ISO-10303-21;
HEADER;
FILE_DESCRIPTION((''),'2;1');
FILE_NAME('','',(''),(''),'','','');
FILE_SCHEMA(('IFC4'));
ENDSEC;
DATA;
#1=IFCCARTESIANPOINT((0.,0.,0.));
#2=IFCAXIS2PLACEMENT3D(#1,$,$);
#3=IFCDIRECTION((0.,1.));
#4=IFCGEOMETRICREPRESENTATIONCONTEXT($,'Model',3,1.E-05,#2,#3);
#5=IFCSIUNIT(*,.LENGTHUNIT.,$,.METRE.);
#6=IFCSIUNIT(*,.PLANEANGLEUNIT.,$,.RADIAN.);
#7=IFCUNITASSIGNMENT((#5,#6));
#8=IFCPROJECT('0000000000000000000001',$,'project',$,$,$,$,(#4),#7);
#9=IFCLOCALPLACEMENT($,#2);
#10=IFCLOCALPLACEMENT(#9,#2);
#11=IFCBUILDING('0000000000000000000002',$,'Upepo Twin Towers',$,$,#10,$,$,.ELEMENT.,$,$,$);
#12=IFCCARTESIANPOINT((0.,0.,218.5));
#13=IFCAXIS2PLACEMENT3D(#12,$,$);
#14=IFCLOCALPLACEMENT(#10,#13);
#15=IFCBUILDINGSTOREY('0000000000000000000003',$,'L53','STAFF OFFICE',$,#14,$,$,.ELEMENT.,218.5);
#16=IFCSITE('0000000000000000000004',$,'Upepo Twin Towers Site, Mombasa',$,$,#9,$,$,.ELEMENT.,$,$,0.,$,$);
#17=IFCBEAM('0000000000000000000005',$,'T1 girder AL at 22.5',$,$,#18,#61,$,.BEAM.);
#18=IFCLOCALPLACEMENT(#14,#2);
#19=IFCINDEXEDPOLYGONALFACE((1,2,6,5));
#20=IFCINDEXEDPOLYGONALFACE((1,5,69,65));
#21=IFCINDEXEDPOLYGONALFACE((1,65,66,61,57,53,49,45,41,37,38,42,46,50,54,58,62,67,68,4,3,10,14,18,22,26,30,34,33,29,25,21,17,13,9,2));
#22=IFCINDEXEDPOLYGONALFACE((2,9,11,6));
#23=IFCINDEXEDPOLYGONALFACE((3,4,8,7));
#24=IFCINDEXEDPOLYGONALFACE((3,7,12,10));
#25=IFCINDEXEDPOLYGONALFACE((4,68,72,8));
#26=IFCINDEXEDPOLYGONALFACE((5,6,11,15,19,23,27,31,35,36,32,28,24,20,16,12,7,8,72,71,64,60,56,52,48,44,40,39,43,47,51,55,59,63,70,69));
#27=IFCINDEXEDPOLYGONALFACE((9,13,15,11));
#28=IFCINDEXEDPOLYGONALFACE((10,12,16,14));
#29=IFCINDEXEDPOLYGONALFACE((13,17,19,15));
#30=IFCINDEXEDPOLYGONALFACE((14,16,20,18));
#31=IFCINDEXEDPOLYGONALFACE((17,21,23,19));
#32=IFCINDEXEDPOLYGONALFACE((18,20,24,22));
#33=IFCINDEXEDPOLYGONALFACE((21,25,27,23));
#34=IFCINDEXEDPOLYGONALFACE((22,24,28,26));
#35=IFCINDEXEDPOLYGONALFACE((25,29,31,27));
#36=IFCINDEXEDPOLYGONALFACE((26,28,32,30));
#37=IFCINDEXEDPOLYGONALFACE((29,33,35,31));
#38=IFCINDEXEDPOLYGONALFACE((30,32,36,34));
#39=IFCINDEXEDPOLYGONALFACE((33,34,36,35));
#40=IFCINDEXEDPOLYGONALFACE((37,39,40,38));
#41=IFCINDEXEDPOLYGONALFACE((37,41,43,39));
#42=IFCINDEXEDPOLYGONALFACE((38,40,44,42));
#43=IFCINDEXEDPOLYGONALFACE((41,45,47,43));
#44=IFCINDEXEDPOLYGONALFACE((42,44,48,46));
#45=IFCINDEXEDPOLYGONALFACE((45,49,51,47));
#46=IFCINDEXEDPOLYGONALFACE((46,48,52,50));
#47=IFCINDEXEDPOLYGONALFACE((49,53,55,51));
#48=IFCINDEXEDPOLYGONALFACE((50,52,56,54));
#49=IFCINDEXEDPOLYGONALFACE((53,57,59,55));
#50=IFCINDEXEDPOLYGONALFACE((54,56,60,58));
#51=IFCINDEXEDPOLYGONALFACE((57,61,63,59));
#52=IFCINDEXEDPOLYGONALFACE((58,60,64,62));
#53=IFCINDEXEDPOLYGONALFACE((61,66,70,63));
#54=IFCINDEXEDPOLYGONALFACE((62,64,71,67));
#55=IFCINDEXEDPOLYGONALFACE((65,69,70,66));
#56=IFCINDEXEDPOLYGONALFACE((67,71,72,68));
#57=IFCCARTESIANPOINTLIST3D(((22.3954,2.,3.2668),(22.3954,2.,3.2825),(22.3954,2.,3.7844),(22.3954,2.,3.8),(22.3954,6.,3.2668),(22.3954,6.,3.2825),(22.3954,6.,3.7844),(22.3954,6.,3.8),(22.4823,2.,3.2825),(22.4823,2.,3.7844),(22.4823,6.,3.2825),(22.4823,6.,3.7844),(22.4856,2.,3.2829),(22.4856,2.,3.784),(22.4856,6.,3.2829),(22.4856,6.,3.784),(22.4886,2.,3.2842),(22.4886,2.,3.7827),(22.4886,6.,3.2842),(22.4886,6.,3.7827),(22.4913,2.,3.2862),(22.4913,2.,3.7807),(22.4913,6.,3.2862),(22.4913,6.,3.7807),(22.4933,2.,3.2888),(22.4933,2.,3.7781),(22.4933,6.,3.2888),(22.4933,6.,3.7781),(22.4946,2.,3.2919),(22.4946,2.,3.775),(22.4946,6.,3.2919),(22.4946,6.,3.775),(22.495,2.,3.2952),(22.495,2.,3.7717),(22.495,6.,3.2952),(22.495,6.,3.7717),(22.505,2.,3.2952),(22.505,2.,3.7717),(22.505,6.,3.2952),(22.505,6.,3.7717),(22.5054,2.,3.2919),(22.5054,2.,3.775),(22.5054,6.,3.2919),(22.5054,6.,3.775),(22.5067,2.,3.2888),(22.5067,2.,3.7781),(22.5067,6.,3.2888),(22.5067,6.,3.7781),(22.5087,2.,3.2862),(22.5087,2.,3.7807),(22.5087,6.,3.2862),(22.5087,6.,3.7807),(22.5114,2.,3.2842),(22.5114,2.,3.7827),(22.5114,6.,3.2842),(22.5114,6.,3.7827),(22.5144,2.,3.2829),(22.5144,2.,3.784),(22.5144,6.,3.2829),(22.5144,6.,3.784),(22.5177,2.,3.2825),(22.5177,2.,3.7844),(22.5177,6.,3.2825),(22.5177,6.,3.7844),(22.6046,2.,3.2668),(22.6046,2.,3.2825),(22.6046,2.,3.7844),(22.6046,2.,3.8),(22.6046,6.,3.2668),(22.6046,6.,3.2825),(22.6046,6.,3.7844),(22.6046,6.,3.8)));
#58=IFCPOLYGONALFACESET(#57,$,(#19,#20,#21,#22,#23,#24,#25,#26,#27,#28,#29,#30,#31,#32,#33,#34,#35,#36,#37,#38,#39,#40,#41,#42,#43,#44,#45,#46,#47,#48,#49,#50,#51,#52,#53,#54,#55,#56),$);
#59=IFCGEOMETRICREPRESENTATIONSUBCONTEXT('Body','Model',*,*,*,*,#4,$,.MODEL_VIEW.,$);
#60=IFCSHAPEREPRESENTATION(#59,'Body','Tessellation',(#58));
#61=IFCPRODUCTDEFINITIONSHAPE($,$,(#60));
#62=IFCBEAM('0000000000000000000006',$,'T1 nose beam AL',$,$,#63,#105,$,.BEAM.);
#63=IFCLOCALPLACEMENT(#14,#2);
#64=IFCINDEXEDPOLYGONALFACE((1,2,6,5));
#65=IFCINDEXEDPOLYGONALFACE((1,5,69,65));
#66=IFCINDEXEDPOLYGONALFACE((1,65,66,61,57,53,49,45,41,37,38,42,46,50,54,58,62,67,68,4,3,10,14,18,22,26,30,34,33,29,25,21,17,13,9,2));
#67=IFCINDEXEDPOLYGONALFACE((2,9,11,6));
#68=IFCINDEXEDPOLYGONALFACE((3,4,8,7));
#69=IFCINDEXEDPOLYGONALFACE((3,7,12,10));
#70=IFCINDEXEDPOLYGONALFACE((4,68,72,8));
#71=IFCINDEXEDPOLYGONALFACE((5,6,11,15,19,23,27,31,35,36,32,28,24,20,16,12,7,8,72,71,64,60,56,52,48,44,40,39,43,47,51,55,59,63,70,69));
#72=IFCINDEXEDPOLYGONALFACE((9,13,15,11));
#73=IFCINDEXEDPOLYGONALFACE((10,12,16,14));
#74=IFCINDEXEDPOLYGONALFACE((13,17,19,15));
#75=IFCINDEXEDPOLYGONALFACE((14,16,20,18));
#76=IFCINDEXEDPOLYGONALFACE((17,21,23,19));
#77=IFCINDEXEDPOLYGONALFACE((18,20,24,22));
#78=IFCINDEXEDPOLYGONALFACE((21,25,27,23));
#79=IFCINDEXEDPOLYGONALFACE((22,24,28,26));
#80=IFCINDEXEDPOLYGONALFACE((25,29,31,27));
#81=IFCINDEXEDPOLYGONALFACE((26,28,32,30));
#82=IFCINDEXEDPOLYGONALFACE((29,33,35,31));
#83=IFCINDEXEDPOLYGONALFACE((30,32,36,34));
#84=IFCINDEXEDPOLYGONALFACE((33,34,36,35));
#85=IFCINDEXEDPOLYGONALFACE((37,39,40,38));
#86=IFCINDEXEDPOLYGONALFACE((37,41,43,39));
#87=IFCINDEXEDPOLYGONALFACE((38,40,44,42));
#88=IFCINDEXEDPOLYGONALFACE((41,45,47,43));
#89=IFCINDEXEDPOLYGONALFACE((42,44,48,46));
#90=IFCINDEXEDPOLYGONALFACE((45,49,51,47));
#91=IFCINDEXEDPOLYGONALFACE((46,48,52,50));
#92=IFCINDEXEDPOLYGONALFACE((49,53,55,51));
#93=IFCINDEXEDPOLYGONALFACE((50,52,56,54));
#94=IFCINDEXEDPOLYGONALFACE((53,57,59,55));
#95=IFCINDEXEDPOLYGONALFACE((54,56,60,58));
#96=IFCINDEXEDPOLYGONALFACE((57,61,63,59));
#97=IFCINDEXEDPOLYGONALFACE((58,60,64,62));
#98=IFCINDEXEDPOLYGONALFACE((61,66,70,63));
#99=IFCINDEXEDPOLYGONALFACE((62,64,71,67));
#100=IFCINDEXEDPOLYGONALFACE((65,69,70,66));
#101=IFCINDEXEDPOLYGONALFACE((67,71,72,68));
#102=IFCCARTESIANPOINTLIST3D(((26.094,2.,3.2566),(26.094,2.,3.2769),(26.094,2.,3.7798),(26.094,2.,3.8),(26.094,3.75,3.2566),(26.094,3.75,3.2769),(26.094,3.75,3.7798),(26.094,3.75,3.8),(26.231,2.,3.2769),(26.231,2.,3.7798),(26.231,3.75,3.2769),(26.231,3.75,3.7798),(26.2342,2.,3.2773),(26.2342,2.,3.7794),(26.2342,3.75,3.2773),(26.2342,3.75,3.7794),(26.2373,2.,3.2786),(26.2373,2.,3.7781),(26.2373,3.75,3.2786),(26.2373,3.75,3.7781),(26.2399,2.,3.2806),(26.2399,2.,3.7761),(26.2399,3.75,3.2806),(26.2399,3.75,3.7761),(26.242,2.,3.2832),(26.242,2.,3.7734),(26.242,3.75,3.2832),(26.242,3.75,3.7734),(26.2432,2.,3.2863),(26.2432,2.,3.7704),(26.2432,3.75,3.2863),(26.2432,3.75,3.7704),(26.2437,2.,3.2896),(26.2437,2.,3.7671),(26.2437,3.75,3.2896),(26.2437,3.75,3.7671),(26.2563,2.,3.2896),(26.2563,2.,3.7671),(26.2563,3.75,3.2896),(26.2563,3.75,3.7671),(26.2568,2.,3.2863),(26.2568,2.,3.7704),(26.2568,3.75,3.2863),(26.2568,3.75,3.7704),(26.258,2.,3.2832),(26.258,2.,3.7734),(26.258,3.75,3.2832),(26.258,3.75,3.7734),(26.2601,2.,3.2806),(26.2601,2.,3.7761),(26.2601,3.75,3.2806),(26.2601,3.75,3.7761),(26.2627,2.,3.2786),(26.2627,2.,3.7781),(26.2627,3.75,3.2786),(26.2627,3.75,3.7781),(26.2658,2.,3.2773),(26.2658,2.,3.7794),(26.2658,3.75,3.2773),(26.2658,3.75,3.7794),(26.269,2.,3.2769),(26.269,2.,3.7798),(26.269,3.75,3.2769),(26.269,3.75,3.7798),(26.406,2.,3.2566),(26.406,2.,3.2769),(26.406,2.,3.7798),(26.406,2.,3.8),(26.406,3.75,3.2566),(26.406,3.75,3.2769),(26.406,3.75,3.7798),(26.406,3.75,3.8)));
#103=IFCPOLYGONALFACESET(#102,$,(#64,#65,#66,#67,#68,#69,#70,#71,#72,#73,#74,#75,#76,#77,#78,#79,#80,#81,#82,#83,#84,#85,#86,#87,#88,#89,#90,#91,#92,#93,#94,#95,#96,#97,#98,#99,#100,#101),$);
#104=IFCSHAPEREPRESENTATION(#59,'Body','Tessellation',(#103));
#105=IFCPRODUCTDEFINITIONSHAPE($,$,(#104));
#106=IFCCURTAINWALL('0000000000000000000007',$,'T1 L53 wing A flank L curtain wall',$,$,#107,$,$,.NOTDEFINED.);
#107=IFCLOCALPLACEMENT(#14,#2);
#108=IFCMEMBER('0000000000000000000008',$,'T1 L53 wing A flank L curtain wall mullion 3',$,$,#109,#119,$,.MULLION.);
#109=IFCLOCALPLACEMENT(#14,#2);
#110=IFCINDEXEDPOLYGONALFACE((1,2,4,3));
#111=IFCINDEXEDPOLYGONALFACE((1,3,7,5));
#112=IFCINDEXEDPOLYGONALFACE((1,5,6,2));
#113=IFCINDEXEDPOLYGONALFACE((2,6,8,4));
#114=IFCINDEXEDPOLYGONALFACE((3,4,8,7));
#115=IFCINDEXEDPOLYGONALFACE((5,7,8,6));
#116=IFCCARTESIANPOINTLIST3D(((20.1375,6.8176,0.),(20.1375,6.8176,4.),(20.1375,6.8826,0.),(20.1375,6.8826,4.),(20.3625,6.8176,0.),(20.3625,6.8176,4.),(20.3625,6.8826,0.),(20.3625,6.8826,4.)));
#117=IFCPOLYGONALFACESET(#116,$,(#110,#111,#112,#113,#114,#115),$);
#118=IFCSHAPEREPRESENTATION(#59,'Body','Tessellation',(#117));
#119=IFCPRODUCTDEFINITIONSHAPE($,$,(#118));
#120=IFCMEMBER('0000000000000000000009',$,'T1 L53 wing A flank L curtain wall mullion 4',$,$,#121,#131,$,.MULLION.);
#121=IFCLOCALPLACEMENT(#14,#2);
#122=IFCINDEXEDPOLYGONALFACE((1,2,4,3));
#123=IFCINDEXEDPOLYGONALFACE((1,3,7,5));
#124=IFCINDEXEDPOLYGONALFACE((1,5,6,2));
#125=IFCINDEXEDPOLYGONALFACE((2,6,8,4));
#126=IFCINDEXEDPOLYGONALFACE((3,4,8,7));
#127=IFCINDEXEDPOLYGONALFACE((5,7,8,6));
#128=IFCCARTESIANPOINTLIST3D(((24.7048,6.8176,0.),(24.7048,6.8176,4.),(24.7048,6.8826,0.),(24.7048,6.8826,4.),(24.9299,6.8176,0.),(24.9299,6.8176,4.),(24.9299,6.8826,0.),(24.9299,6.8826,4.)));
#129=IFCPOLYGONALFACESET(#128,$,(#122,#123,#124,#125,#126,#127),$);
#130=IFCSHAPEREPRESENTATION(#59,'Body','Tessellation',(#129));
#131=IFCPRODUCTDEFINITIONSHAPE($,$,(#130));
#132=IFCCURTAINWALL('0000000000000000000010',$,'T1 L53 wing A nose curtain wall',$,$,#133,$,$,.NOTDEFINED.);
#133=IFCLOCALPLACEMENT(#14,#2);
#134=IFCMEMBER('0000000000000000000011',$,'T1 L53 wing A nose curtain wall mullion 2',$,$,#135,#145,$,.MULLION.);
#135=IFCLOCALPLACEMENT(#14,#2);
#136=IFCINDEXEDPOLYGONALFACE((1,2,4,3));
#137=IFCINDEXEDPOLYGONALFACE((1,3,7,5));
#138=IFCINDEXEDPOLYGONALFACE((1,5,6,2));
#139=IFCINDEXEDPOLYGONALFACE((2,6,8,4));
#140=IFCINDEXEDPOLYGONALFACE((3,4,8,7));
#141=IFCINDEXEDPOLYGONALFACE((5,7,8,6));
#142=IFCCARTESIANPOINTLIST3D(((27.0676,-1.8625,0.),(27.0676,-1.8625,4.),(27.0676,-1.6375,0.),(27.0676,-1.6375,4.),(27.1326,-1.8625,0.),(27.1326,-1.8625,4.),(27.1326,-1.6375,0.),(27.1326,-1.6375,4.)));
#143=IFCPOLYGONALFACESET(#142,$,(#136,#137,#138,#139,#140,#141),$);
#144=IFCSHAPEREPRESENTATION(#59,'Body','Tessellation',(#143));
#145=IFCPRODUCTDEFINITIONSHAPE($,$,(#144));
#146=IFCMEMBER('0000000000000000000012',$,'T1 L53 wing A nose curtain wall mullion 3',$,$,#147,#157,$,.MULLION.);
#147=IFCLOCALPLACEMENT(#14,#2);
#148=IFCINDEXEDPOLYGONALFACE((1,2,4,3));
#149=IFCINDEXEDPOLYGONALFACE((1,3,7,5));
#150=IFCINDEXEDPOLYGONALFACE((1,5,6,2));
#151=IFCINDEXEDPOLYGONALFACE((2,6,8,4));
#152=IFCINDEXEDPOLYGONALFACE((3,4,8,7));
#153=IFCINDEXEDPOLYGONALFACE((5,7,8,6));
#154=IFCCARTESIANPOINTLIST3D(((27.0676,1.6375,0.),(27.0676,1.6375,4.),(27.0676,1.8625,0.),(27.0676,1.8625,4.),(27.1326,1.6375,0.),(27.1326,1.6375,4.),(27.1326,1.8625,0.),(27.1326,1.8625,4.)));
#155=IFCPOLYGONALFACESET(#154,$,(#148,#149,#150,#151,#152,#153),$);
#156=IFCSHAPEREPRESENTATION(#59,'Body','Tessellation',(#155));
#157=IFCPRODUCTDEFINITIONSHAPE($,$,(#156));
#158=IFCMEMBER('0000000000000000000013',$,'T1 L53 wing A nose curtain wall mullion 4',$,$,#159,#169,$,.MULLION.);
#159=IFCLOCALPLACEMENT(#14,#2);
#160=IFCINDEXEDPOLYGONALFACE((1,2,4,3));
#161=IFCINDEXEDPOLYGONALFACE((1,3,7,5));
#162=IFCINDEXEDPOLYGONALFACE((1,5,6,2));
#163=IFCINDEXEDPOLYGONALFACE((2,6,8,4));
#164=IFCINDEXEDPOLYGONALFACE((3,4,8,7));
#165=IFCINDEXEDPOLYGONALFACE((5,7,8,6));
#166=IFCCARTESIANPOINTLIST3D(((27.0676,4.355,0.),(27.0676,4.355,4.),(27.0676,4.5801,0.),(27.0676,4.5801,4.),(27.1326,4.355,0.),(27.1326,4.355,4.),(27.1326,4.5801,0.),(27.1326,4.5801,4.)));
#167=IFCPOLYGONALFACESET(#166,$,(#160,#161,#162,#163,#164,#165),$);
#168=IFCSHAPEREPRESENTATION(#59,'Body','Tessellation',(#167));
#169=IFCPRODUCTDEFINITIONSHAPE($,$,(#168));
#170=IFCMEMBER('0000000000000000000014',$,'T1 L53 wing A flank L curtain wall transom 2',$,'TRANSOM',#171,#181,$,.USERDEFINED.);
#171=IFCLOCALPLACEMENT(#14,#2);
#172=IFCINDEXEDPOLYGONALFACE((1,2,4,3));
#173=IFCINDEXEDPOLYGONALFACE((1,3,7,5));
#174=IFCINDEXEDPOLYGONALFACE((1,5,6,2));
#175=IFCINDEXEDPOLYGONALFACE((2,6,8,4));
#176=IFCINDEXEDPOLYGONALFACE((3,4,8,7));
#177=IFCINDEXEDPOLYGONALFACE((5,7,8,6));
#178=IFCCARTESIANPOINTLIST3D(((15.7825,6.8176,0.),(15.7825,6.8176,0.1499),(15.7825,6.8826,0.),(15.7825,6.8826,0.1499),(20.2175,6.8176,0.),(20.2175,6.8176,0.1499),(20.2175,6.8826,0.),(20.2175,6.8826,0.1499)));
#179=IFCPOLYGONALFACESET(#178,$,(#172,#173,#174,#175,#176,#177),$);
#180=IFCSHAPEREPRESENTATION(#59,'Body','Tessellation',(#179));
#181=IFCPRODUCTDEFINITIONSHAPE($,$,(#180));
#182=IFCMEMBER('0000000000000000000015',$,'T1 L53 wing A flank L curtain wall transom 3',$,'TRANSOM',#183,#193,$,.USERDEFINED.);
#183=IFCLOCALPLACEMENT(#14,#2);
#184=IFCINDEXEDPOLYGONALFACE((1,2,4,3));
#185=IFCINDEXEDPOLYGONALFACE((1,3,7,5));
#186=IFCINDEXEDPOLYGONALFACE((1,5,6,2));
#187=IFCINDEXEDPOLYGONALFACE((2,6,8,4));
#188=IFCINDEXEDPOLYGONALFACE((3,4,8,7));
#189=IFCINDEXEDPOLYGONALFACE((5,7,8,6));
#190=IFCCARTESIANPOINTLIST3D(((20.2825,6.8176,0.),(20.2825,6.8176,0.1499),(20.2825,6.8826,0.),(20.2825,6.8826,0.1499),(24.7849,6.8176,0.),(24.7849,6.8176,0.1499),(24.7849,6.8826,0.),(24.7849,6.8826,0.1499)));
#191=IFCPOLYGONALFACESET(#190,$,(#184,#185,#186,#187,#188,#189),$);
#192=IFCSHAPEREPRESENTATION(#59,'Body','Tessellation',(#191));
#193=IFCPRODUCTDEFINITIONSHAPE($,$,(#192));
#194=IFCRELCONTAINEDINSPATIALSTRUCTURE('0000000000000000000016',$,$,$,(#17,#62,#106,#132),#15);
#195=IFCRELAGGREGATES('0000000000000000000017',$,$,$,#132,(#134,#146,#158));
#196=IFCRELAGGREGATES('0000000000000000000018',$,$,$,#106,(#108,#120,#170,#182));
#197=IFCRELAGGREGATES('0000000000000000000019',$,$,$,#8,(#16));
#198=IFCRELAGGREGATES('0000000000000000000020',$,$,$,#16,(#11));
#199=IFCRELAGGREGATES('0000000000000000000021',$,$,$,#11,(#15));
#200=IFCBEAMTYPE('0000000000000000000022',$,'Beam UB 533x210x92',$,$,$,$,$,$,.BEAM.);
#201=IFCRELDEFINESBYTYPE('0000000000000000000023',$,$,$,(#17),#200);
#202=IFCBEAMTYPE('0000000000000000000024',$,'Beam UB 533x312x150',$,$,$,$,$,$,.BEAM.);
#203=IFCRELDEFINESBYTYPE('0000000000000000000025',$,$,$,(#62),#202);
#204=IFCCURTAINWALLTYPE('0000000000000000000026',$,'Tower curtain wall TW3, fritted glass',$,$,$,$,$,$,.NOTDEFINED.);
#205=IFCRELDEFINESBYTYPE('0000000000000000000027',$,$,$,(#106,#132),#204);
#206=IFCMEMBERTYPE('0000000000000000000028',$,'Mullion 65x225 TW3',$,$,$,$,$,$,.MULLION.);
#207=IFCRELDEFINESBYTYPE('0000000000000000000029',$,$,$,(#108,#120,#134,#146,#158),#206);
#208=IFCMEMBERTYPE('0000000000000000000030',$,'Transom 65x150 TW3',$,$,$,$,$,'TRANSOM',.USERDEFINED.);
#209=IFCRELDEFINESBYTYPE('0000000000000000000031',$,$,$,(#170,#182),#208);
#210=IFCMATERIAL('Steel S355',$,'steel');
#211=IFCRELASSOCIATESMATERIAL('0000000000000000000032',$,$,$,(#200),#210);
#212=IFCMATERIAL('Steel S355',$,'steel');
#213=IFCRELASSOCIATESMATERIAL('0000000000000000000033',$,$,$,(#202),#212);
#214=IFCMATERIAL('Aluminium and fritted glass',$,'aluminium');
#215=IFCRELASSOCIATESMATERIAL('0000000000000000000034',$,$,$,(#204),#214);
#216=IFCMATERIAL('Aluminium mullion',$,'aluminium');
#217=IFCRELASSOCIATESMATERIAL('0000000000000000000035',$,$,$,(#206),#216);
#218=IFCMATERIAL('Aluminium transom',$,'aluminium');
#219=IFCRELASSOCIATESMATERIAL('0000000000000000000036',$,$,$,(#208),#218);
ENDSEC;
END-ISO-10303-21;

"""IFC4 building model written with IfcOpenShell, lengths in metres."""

from ifc_helpers import new_model, si_unit, direction, frame, origin, origin_2d, place, context, subcontext, project, spatial, rectangle, i_section, extrude, material, material_profile, profile_set, type_object, element, aggregate, save


model = new_model("IFC4")

# Units and contexts
model_context = context("Model", 3, precision=1e-05, world=origin(), true_north=direction((0.0, 1.0)))
body_context = subcontext(model_context, "Body", "Model", "MODEL_VIEW")
ifc_project = project(units=[si_unit("LENGTHUNIT", "METRE"), si_unit("PLANEANGLEUNIT", "RADIAN")], contexts=[model_context])

# Site, building, storey
site_placement = place(None, origin())
site = spatial("IfcSite", under=ifc_project, at=site_placement, Name="Upepo Twin Towers Site, Mombasa", CompositionType="ELEMENT", RefElevation=0.0)
building_placement = place(site_placement, origin())
building = spatial("IfcBuilding", under=site, at=building_placement, Name="Upepo Twin Towers", CompositionType="ELEMENT")
storey_placement = place(building_placement, frame((0.0, 0.0, 218.5)))
storey = spatial("IfcBuildingStorey", under=building, at=storey_placement, Name="L53", Description="STAFF OFFICE", CompositionType="ELEMENT", Elevation=218.5)

# Beams
ifc_material_1 = material(Name="Steel S355", Category="steel")
ifc_material_profile_1 = material_profile(ifc_material_1, i_section(OverallWidth=0.2092, OverallDepth=0.5332, WebThickness=0.01, FlangeThickness=0.0156, FilletRadius=0.0127, at=origin_2d()), Name="UB 533x210x92")
ifc_profile_set_1 = profile_set([ifc_material_profile_1], Name="Steel S355")
beam_type_1 = type_object("IfcBeamType", Name="Beam UB 533x210x92", PredefinedType="BEAM", material=ifc_profile_set_1)
for number, where, z_axis, x_axis, name in (
    (1, (22.5, 6.0, 3.5334), (0.0, -1.0, 0.0), (1.0, 0.0, 0.0), "T1 girder AL at 22.5"),
):
    element("IfcBeam", number, at=place(storey_placement, frame(where, z_axis=z_axis, x_axis=x_axis)), inside=storey, type_object=beam_type_1, Name=name, PredefinedType="BEAM", context=body_context, shape_type="SweptSolid", body=[
        extrude(i_section(OverallWidth=0.2092, OverallDepth=0.5332, WebThickness=0.01, FlangeThickness=0.0156, FilletRadius=0.0127, at=origin_2d()), origin(), (0.0, 0.0, 1.0), 4.0),
    ])
ifc_material_2 = material(Name="Steel S355", Category="steel")
ifc_material_profile_2 = material_profile(ifc_material_2, i_section(OverallWidth=0.312, OverallDepth=0.5435, WebThickness=0.0127, FlangeThickness=0.0203, FilletRadius=0.0127, at=origin_2d()), Name="UB 533x312x150")
ifc_profile_set_2 = profile_set([ifc_material_profile_2], Name="Steel S355")
beam_type_2 = type_object("IfcBeamType", Name="Beam UB 533x312x150", PredefinedType="BEAM", material=ifc_profile_set_2)
beam_1_placement = place(storey_placement, frame((26.25, 3.75, 3.5283), z_axis=(0.0, -1.0, 0.0), x_axis=(1.0, 0.0, 0.0)))
element("IfcBeam", 2, at=beam_1_placement, inside=storey, type_object=beam_type_2, Name="T1 nose beam AL", PredefinedType="BEAM", context=body_context, shape_type="SweptSolid", body=[
    extrude(i_section(OverallWidth=0.312, OverallDepth=0.5435, WebThickness=0.0127, FlangeThickness=0.0203, FilletRadius=0.0127, at=origin_2d()), origin(), (0.0, 0.0, 1.0), 1.75),
])

# Curtain walls, members
ifc_material_3 = material(Name="Aluminium and fritted glass", Category="aluminium")
curtain_wall_type = type_object("IfcCurtainWallType", Name="Tower curtain wall TW3, fritted glass", PredefinedType="NOTDEFINED", material=ifc_material_3)
curtain_wall_1_placement = place(storey_placement, origin())
curtain_wall_1 = element("IfcCurtainWall", 3, at=curtain_wall_1_placement, inside=storey, type_object=curtain_wall_type, Name="T1 L53 wing A flank L curtain wall", PredefinedType="NOTDEFINED")
ifc_material_4 = material(Name="Aluminium mullion", Category="aluminium")
ifc_material_profile_3 = material_profile(ifc_material_4, rectangle(XDim=0.0649, YDim=0.2251, at=origin_2d()), Name="MULLION 65x225")
ifc_profile_set_3 = profile_set([ifc_material_profile_3], Name="Aluminium mullion")
member_type_1 = type_object("IfcMemberType", Name="Mullion 65x225 TW3", PredefinedType="MULLION", material=ifc_profile_set_3)
member_1_placement = place(storey_placement, frame((20.25, 6.8501, 0.0), z_axis=(0.0, 0.0, 1.0), x_axis=(0.0, 1.0, 0.0)))
member_1 = element("IfcMember", 4, at=member_1_placement, type_object=member_type_1, Name="T1 L53 wing A flank L curtain wall mullion 3", PredefinedType="MULLION", context=body_context, shape_type="SweptSolid", body=[
    extrude(rectangle(XDim=0.0649, YDim=0.2251, at=origin_2d()), origin(), (0.0, 0.0, 1.0), 4.0),
])
member_2_placement = place(storey_placement, frame((24.8174, 6.8501, 0.0), z_axis=(0.0, 0.0, 1.0), x_axis=(0.0, 1.0, 0.0)))
member_2 = element("IfcMember", 5, at=member_2_placement, type_object=member_type_1, Name="T1 L53 wing A flank L curtain wall mullion 4", PredefinedType="MULLION", context=body_context, shape_type="SweptSolid", body=[
    extrude(rectangle(XDim=0.0649, YDim=0.2251, at=origin_2d()), origin(), (0.0, 0.0, 1.0), 4.0),
])
curtain_wall_2_placement = place(storey_placement, origin())
curtain_wall_2 = element("IfcCurtainWall", 6, at=curtain_wall_2_placement, inside=storey, type_object=curtain_wall_type, Name="T1 L53 wing A nose curtain wall", PredefinedType="NOTDEFINED")
member_3_placement = place(storey_placement, frame((27.1001, -1.75, 0.0), z_axis=(0.0, 0.0, 1.0), x_axis=(-1.0, 0.0, 0.0)))
member_3 = element("IfcMember", 7, at=member_3_placement, type_object=member_type_1, Name="T1 L53 wing A nose curtain wall mullion 2", PredefinedType="MULLION", context=body_context, shape_type="SweptSolid", body=[
    extrude(rectangle(XDim=0.0649, YDim=0.2251, at=origin_2d()), origin(), (0.0, 0.0, 1.0), 4.0),
])
member_4_placement = place(storey_placement, frame((27.1001, 1.75, 0.0), z_axis=(0.0, 0.0, 1.0), x_axis=(-1.0, 0.0, 0.0)))
member_4 = element("IfcMember", 8, at=member_4_placement, type_object=member_type_1, Name="T1 L53 wing A nose curtain wall mullion 3", PredefinedType="MULLION", context=body_context, shape_type="SweptSolid", body=[
    extrude(rectangle(XDim=0.0649, YDim=0.2251, at=origin_2d()), origin(), (0.0, 0.0, 1.0), 4.0),
])
member_5_placement = place(storey_placement, frame((27.1001, 4.4675, 0.0), z_axis=(0.0, 0.0, 1.0), x_axis=(-1.0, 0.0, 0.0)))
member_5 = element("IfcMember", 9, at=member_5_placement, type_object=member_type_1, Name="T1 L53 wing A nose curtain wall mullion 4", PredefinedType="MULLION", context=body_context, shape_type="SweptSolid", body=[
    extrude(rectangle(XDim=0.0649, YDim=0.2251, at=origin_2d()), origin(), (0.0, 0.0, 1.0), 4.0),
])

# Members
ifc_material_5 = material(Name="Aluminium transom", Category="aluminium")
ifc_material_profile_4 = material_profile(ifc_material_5, rectangle(XDim=0.0649, YDim=0.1499, at=origin_2d()), Name="TRANSOM 65x150")
ifc_profile_set_4 = profile_set([ifc_material_profile_4], Name="Aluminium transom")
member_type_2 = type_object("IfcMemberType", Name="Transom 65x150 TW3", ElementType="TRANSOM", PredefinedType="USERDEFINED", material=ifc_profile_set_4)
member_6_placement = place(storey_placement, frame((15.7825, 6.8501, 0.075), z_axis=(1.0, 0.0, 0.0), x_axis=(0.0, 1.0, 0.0)))
member_6 = element("IfcMember", 10, at=member_6_placement, type_object=member_type_2, Name="T1 L53 wing A flank L curtain wall transom 2", ObjectType="TRANSOM", PredefinedType="USERDEFINED", context=body_context, shape_type="SweptSolid", body=[
    extrude(rectangle(XDim=0.0649, YDim=0.1499, at=origin_2d()), origin(), (0.0, 0.0, 1.0), 4.4351),
])
member_7_placement = place(storey_placement, frame((20.2825, 6.8501, 0.075), z_axis=(1.0, 0.0, 0.0), x_axis=(0.0, 1.0, 0.0)))
member_7 = element("IfcMember", 11, at=member_7_placement, type_object=member_type_2, Name="T1 L53 wing A flank L curtain wall transom 3", ObjectType="TRANSOM", PredefinedType="USERDEFINED", context=body_context, shape_type="SweptSolid", body=[
    extrude(rectangle(XDim=0.0649, YDim=0.1499, at=origin_2d()), origin(), (0.0, 0.0, 1.0), 4.5024),
])
aggregate(curtain_wall_2, [member_3, member_4, member_5])

aggregate(curtain_wall_1, [member_1, member_2, member_6, member_7])

save(model, "model.ifc")
